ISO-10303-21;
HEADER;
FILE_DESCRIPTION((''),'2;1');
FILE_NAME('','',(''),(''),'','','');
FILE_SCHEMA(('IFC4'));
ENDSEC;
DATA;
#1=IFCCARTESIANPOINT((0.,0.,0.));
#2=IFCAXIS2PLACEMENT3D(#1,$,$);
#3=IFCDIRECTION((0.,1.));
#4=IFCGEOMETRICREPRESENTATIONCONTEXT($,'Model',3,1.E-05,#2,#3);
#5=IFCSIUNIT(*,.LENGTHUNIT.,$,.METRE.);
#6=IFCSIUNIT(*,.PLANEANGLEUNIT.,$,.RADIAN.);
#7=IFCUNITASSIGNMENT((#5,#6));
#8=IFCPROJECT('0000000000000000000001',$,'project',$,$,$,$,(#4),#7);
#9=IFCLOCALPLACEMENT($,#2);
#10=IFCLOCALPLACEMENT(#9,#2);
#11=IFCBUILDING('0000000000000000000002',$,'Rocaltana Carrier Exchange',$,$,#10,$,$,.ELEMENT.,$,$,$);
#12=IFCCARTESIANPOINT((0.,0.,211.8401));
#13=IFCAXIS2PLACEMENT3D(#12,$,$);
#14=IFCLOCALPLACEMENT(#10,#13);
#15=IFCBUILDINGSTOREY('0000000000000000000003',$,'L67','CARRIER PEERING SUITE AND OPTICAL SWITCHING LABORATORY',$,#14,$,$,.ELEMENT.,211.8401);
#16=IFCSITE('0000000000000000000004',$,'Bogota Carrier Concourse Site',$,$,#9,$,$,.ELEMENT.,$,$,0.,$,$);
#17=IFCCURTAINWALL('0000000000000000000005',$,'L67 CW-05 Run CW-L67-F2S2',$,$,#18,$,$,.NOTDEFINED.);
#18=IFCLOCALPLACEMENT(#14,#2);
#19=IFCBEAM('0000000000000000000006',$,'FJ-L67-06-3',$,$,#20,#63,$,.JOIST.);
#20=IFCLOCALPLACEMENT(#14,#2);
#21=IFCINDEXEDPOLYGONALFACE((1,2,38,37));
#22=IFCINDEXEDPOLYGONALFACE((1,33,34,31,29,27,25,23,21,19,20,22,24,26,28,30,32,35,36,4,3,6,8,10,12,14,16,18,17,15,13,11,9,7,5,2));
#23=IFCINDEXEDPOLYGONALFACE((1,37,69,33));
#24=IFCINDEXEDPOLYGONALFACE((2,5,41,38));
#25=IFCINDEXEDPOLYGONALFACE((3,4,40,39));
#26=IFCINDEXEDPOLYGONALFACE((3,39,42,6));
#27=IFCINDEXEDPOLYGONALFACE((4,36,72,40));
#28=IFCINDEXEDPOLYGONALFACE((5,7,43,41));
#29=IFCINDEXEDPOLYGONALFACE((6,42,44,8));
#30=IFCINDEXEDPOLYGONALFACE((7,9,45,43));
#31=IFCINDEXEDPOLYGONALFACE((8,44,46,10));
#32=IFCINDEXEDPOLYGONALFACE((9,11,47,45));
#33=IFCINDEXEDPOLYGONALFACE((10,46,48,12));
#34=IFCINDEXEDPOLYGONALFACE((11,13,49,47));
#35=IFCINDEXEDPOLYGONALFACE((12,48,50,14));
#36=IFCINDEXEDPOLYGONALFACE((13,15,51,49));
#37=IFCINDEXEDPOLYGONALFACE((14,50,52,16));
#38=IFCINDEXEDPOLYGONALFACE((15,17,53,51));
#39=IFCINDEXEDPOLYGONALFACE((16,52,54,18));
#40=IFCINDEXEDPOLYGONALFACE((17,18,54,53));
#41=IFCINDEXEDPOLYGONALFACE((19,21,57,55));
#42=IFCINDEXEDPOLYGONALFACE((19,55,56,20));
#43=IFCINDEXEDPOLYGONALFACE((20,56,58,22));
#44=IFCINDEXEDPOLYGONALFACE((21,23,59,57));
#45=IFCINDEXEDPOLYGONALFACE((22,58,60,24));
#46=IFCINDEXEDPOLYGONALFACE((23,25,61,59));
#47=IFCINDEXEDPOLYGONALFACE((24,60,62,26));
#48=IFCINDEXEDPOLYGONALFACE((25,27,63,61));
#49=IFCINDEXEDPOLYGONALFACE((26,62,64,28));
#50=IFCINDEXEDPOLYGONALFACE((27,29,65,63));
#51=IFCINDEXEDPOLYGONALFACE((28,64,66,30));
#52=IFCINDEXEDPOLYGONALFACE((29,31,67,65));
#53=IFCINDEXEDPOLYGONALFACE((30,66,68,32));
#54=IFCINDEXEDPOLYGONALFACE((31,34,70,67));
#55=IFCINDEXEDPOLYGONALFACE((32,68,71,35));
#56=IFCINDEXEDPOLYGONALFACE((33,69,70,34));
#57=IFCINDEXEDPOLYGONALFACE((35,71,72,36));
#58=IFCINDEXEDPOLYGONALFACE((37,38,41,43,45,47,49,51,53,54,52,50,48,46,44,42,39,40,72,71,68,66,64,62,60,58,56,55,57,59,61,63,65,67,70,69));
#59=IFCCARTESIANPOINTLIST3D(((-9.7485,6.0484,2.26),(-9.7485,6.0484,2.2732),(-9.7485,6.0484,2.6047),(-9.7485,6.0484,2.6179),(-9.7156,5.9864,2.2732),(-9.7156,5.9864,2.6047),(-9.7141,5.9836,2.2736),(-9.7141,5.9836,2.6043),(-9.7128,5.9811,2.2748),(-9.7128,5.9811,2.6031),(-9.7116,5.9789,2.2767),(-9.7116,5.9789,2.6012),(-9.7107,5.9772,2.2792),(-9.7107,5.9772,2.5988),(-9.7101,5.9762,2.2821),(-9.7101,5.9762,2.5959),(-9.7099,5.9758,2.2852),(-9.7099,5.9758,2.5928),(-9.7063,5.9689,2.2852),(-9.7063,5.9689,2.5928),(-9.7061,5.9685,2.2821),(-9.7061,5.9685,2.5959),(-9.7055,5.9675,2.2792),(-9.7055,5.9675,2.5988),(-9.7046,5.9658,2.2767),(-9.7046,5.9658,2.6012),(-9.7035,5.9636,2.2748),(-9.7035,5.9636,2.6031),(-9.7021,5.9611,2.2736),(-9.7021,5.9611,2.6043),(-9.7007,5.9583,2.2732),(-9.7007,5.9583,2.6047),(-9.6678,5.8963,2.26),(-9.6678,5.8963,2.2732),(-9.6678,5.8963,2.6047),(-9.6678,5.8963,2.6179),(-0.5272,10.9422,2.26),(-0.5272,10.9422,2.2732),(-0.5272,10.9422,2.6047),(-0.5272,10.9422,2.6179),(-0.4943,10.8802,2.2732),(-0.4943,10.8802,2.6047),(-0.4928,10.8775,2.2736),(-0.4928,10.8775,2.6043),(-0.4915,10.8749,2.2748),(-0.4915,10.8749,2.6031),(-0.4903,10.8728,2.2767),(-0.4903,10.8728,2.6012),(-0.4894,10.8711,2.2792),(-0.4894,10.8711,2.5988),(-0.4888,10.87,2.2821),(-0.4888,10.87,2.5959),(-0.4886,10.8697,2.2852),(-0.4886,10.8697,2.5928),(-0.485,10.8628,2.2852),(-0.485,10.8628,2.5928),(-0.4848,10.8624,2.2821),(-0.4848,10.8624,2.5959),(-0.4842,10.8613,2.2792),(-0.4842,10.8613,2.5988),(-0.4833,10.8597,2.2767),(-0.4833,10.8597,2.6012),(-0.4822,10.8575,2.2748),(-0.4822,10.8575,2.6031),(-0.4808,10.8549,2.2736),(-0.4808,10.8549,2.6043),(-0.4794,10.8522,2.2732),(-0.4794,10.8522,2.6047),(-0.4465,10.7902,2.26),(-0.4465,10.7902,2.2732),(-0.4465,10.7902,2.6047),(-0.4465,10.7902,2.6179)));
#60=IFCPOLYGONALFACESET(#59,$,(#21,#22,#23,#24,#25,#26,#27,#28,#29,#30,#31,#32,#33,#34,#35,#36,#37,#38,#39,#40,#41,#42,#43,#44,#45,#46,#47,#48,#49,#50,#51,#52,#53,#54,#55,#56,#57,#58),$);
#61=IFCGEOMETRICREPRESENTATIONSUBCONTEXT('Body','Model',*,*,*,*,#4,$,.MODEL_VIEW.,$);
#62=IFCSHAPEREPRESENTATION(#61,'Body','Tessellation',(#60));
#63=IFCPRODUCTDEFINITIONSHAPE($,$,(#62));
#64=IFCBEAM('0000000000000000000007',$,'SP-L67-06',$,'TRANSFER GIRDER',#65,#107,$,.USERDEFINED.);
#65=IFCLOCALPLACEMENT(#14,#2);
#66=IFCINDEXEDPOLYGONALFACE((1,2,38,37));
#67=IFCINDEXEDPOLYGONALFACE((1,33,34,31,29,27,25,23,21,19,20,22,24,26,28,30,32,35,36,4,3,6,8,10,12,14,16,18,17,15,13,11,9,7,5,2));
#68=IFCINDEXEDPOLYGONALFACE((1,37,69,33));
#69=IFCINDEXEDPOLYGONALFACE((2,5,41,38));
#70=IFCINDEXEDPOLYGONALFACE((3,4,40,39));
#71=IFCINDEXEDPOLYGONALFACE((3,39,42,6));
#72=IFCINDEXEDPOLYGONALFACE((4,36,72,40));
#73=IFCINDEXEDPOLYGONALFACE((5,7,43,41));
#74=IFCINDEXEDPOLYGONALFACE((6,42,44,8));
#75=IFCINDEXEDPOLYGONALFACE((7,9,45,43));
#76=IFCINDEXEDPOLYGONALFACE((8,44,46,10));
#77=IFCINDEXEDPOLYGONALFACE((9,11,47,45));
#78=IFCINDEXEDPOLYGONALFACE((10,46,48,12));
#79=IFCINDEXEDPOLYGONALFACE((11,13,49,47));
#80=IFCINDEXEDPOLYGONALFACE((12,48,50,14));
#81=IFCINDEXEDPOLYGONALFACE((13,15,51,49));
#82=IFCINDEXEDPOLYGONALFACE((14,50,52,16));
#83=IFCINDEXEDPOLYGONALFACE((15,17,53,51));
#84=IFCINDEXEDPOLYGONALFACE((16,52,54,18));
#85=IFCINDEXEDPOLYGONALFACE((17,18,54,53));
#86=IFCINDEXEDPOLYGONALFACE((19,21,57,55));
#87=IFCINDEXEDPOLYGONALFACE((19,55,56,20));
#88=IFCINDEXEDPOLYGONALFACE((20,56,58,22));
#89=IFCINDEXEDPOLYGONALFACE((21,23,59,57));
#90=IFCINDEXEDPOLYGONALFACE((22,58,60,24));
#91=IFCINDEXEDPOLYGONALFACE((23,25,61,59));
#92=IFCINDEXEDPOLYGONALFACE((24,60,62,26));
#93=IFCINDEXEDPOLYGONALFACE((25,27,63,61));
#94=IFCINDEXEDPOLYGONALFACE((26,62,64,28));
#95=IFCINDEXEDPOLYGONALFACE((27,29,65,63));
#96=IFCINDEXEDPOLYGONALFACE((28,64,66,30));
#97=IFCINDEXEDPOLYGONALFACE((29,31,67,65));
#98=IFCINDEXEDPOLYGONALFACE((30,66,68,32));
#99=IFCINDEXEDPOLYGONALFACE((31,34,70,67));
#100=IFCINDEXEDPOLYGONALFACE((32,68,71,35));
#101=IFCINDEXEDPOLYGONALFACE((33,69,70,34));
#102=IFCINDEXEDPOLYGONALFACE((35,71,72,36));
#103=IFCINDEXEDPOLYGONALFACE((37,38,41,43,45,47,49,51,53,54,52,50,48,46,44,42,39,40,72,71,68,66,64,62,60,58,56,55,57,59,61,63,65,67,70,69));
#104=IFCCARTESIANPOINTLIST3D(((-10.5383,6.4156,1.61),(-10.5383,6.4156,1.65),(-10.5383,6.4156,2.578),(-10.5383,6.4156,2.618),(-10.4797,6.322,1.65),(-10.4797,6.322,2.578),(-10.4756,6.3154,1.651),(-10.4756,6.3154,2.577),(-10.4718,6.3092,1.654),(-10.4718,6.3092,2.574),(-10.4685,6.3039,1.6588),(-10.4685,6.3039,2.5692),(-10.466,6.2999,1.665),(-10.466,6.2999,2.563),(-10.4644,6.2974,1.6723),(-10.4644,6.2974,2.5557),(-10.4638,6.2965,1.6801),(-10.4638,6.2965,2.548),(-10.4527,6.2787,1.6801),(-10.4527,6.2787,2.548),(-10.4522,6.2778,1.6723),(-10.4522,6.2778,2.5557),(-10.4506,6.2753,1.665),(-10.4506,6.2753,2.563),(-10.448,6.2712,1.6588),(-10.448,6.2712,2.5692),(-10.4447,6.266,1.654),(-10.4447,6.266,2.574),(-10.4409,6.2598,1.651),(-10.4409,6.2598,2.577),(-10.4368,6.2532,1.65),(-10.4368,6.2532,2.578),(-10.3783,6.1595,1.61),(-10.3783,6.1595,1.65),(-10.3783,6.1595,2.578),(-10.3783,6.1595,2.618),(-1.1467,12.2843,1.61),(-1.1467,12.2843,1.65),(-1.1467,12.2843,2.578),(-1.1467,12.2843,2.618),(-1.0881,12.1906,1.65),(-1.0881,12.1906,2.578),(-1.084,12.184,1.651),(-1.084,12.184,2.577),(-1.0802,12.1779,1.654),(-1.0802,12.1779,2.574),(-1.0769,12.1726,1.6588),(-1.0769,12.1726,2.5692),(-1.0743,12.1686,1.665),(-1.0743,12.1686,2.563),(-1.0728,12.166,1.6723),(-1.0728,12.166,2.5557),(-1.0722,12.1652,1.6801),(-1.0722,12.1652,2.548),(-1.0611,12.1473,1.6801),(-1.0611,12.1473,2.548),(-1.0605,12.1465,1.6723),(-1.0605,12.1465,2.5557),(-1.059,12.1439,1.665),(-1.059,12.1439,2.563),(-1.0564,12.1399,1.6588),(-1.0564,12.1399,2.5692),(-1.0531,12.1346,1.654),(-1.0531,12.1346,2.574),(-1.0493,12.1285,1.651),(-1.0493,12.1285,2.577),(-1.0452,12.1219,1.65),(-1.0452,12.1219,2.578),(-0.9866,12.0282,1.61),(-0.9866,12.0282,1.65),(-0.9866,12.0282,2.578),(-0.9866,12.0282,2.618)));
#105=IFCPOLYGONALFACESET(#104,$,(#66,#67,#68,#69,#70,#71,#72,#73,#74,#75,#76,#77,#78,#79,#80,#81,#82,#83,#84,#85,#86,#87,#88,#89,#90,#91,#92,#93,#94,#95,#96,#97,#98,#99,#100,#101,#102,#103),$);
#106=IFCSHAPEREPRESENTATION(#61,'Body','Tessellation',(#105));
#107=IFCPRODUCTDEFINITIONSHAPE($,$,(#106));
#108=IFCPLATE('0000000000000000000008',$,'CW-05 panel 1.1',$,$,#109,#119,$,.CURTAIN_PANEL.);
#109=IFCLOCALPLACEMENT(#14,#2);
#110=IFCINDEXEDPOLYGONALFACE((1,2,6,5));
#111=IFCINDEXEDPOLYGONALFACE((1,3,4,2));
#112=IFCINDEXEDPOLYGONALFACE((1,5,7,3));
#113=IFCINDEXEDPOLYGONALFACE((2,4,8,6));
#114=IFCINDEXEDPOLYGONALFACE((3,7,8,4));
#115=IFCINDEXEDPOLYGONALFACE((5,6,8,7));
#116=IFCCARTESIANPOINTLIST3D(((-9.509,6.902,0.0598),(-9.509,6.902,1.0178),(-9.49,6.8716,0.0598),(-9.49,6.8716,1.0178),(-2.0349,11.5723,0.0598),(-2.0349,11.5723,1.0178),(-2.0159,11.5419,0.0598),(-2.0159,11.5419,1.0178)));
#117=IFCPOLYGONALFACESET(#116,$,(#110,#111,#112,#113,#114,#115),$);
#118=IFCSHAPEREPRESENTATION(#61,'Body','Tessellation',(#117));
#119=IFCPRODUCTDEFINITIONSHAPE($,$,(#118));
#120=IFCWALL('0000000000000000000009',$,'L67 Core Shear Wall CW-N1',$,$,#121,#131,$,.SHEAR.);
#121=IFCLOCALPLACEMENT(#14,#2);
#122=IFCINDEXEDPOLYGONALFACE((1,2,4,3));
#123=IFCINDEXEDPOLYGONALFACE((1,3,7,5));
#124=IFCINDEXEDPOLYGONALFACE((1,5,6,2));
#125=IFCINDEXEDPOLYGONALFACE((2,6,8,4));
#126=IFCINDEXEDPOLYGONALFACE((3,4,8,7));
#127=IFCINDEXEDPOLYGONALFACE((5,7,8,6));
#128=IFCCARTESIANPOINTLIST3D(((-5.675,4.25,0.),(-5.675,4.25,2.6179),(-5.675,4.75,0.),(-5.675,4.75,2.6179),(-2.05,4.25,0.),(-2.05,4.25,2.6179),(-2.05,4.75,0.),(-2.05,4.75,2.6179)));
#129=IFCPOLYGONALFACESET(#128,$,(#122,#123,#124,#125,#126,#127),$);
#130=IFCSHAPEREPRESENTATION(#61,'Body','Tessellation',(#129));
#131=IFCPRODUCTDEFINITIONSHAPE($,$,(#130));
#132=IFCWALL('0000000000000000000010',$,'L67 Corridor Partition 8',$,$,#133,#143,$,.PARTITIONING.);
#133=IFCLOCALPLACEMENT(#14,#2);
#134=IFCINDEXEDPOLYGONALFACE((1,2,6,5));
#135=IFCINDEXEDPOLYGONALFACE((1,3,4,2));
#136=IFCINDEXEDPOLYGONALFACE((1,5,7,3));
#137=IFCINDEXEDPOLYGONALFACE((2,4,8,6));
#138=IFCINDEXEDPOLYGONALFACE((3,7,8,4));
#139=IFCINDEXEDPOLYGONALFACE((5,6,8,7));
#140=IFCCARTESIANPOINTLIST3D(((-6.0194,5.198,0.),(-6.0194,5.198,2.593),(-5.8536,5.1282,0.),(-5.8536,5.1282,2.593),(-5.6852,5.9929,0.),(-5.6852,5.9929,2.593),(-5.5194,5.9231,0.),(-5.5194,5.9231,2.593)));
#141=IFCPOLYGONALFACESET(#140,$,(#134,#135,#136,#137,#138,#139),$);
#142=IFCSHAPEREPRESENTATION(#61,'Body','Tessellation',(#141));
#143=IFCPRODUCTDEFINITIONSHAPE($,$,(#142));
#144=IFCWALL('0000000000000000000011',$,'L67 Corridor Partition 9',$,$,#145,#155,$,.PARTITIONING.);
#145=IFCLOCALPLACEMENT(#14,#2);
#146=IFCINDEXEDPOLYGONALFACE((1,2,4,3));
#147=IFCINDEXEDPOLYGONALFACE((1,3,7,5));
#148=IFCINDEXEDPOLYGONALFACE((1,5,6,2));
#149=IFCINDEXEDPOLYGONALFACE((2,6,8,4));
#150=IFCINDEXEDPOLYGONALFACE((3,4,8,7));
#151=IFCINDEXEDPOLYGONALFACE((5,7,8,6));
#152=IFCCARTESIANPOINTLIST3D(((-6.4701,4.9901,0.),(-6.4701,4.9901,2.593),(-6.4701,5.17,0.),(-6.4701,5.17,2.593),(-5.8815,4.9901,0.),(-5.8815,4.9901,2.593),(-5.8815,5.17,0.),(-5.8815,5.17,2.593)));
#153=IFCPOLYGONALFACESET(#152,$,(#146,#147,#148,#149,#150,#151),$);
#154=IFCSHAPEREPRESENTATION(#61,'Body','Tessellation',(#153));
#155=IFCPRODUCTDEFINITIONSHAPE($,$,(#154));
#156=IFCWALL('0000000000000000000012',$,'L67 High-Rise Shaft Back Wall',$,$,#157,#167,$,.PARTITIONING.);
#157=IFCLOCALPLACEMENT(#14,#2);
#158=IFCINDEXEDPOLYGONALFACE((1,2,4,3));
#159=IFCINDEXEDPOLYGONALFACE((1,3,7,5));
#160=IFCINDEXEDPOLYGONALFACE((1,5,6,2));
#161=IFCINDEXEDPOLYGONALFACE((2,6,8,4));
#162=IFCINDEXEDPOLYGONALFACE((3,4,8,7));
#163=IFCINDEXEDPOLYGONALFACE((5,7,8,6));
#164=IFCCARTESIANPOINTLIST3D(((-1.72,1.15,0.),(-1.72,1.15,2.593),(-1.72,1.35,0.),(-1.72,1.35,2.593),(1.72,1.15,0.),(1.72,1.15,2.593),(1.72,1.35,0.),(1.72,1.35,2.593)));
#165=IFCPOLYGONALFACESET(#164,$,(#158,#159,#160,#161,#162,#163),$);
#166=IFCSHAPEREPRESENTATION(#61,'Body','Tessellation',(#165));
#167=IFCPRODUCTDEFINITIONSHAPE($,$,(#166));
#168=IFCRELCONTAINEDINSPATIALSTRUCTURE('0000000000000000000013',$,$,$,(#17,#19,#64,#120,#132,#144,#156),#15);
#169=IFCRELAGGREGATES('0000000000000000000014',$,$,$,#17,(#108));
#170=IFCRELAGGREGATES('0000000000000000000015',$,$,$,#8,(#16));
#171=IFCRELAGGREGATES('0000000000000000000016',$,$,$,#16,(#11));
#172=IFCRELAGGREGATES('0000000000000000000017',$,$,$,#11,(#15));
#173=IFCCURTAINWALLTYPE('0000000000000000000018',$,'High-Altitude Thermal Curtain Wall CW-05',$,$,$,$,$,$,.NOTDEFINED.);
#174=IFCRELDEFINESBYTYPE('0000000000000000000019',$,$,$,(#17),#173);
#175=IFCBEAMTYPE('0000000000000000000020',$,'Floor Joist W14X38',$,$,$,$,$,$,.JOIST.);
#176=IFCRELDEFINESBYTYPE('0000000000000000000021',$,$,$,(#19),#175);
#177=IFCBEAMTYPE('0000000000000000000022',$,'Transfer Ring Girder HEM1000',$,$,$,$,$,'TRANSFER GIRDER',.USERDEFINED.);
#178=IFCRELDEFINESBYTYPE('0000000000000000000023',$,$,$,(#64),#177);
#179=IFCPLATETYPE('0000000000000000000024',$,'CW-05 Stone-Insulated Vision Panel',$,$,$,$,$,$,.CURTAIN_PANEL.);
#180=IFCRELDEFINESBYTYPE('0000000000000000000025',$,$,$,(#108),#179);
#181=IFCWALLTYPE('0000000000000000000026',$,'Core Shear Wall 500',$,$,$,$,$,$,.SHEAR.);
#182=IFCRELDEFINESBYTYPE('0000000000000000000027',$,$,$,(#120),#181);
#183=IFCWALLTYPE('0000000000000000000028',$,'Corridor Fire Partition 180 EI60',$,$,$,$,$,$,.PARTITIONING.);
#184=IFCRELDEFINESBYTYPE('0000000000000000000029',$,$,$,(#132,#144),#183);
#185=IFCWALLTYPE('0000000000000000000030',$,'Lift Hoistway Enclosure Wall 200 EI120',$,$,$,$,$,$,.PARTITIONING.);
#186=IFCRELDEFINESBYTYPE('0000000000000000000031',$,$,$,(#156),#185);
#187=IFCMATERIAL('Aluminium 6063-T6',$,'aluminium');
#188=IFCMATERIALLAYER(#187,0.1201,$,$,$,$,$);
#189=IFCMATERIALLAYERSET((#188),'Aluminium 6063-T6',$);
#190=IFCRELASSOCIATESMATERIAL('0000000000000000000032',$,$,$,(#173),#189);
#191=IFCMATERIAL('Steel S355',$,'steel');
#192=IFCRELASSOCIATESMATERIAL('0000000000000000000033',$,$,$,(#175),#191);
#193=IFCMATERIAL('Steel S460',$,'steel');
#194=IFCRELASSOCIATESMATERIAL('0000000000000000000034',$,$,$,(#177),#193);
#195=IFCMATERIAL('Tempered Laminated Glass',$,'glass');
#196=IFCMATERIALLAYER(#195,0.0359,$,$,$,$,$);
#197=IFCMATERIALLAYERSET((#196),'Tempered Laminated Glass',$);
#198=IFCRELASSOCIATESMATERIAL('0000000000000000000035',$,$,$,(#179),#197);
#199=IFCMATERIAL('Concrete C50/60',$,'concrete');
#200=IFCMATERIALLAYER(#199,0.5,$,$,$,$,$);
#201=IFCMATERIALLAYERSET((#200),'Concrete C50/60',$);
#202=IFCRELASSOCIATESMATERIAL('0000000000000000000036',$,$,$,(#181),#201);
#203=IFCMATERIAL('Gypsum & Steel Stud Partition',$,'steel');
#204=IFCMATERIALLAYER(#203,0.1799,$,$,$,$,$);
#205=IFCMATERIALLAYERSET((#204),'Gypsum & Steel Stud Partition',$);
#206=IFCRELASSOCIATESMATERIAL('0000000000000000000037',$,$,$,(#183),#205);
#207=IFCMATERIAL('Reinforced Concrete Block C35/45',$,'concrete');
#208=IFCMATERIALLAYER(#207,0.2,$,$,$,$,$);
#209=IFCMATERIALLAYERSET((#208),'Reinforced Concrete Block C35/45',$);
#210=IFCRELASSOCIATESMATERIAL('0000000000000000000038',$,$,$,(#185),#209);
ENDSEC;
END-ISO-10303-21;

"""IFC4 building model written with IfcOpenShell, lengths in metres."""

from ifc_helpers import new_model, si_unit, direction, frame, frame_2d, origin, origin_2d, place, context, subcontext, project, spatial, rectangle, i_section, extrude, material, layer, layer_set, material_profile, profile_set, type_object, element, aggregate, save


model = new_model("IFC4")

# Units and contexts
model_context = context("Model", 3, precision=1e-05, world=origin(), true_north=direction((0.0, 1.0)))
body_context = subcontext(model_context, "Body", "Model", "MODEL_VIEW")
ifc_project = project(units=[si_unit("LENGTHUNIT", "METRE"), si_unit("PLANEANGLEUNIT", "RADIAN")], contexts=[model_context])

# Site, building, storey
site_placement = place(None, origin())
site = spatial("IfcSite", under=ifc_project, at=site_placement, Name="Bogota Carrier Concourse Site", CompositionType="ELEMENT", RefElevation=0.0)
building_placement = place(site_placement, origin())
building = spatial("IfcBuilding", under=site, at=building_placement, Name="Rocaltana Carrier Exchange", CompositionType="ELEMENT")
storey_placement = place(building_placement, frame((0.0, 0.0, 211.8401)))
storey = spatial("IfcBuildingStorey", under=building, at=storey_placement, Name="L67", Description="CARRIER PEERING SUITE AND OPTICAL SWITCHING LABORATORY", CompositionType="ELEMENT", Elevation=211.8401)

# Curtain wall
ifc_material_1 = material(Name="Aluminium 6063-T6", Category="aluminium")
ifc_layer_1 = layer(ifc_material_1, 0.1201)
ifc_layer_set_1 = layer_set([ifc_layer_1], Name="Aluminium 6063-T6")
curtain_wall_type = type_object("IfcCurtainWallType", Name="High-Altitude Thermal Curtain Wall CW-05", PredefinedType="NOTDEFINED", material=ifc_layer_set_1)
curtain_wall_placement = place(storey_placement, origin())
curtain_wall = element("IfcCurtainWall", 1, at=curtain_wall_placement, inside=storey, type_object=curtain_wall_type, Name="L67 CW-05 Run CW-L67-F2S2", PredefinedType="NOTDEFINED")

# Beams
ifc_material_2 = material(Name="Steel S355", Category="steel")
ifc_material_profile_1 = material_profile(ifc_material_2, i_section(OverallWidth=0.1721, OverallDepth=0.3579, WebThickness=0.0078, FlangeThickness=0.0132, FilletRadius=0.012, at=origin_2d()), Name="W14X38")
ifc_profile_set_1 = profile_set([ifc_material_profile_1], Name="Steel S355")
beam_type_1 = type_object("IfcBeamType", Name="Floor Joist W14X38", PredefinedType="JOIST", material=ifc_profile_set_1)
beam_1_placement = place(storey_placement, frame((-0.4868, 10.8662, 2.439), z_axis=(-0.883312, -0.468785, 0.0), x_axis=(0.468785, -0.883312, 0.0)))
element("IfcBeam", 2, at=beam_1_placement, inside=storey, type_object=beam_type_1, Name="FJ-L67-06-3", PredefinedType="JOIST", context=body_context, shape_type="SweptSolid", body=[
    extrude(i_section(OverallWidth=0.1721, OverallDepth=0.3579, WebThickness=0.0078, FlangeThickness=0.0132, FilletRadius=0.012, at=origin_2d()), origin(), (0.0, 0.0, 1.0), 10.4395),
])
ifc_material_3 = material(Name="Steel S460", Category="steel")
ifc_material_profile_2 = material_profile(ifc_material_3, i_section(OverallWidth=0.302, OverallDepth=1.0081, WebThickness=0.021, FlangeThickness=0.04, FilletRadius=0.03, at=origin_2d()), Name="HEM1000")
ifc_profile_set_2 = profile_set([ifc_material_profile_2], Name="Steel S460")
beam_type_2 = type_object("IfcBeamType", Name="Transfer Ring Girder HEM1000", ElementType="TRANSFER GIRDER", PredefinedType="USERDEFINED", material=ifc_profile_set_2)
beam_2_placement = place(storey_placement, frame((-1.0667, 12.1562, 2.114), z_axis=(-0.848043, -0.529928, 0.0), x_axis=(0.529928, -0.848043, 0.0)))
element("IfcBeam", 3, at=beam_2_placement, inside=storey, type_object=beam_type_2, Name="SP-L67-06", ObjectType="TRANSFER GIRDER", PredefinedType="USERDEFINED", context=body_context, shape_type="SweptSolid", body=[
    extrude(i_section(OverallWidth=0.302, OverallDepth=1.0081, WebThickness=0.021, FlangeThickness=0.04, FilletRadius=0.03, at=origin_2d()), origin(), (0.0, 0.0, 1.0), 11.0745),
])

# Plate
ifc_material_4 = material(Name="Tempered Laminated Glass", Category="glass")
ifc_layer_2 = layer(ifc_material_4, 0.0359)
ifc_layer_set_2 = layer_set([ifc_layer_2], Name="Tempered Laminated Glass")
plate_type = type_object("IfcPlateType", Name="CW-05 Stone-Insulated Vision Panel", PredefinedType="CURTAIN_PANEL", material=ifc_layer_set_2)
plate_placement = place(storey_placement, frame((-5.7625, 9.2219, 0.0598), z_axis=(0.0, 0.0, 1.0), x_axis=(-0.848047, -0.52992, 0.0)))
plate = element("IfcPlate", 4, at=plate_placement, type_object=plate_type, Name="CW-05 panel 1.1", PredefinedType="CURTAIN_PANEL", context=body_context, shape_type="SweptSolid", body=[
    extrude(rectangle(XDim=8.8132, YDim=0.0359, at=origin_2d()), origin(), (0.0, 0.0, 1.0), 0.958),
])
aggregate(curtain_wall, [plate])

# Walls
ifc_material_5 = material(Name="Concrete C50/60", Category="concrete")
ifc_layer_3 = layer(ifc_material_5, 0.5)
ifc_layer_set_3 = layer_set([ifc_layer_3], Name="Concrete C50/60")
wall_type_1 = type_object("IfcWallType", Name="Core Shear Wall 500", PredefinedType="SHEAR", material=ifc_layer_set_3)
wall_1_placement = place(storey_placement, frame((-5.675, 4.5, 0.0), z_axis=(0.0, 0.0, 1.0), x_axis=(1.0, 0.0, 0.0)))
element("IfcWall", 5, at=wall_1_placement, inside=storey, type_object=wall_type_1, Name="L67 Core Shear Wall CW-N1", PredefinedType="SHEAR", context=body_context, shape_type="SweptSolid", body=[
    extrude(rectangle(XDim=3.625, YDim=0.5, at=frame_2d((1.8125, 0.0))), origin(), (0.0, 0.0, 1.0), 2.6179),
])
ifc_material_6 = material(Name="Gypsum & Steel Stud Partition", Category="steel")
ifc_layer_4 = layer(ifc_material_6, 0.1799)
ifc_layer_set_4 = layer_set([ifc_layer_4], Name="Gypsum & Steel Stud Partition")
wall_type_2 = type_object("IfcWallType", Name="Corridor Fire Partition 180 EI60", PredefinedType="PARTITIONING", material=ifc_layer_set_4)
wall_2_placement = place(storey_placement, frame((-5.6023, 5.958, 0.0), z_axis=(0.0, 0.0, 1.0), x_axis=(-0.387589, -0.921832, 0.0)))
element("IfcWall", 6, at=wall_2_placement, inside=storey, type_object=wall_type_2, Name="L67 Corridor Partition 8", PredefinedType="PARTITIONING", context=body_context, shape_type="SweptSolid", body=[
    extrude(rectangle(XDim=0.8623, YDim=0.1799, at=frame_2d((0.4312, 0.0))), origin(), (0.0, 0.0, 1.0), 2.593),
])
wall_3_placement = place(storey_placement, frame((-5.8813, 5.0801, 0.0), z_axis=(0.0, 0.0, 1.0), x_axis=(-1.0, 0.0, 0.0)))
element("IfcWall", 7, at=wall_3_placement, inside=storey, type_object=wall_type_2, Name="L67 Corridor Partition 9", PredefinedType="PARTITIONING", context=body_context, shape_type="SweptSolid", body=[
    extrude(rectangle(XDim=0.5886, YDim=0.1799, at=frame_2d((0.2944, 0.0))), origin(), (0.0, 0.0, 1.0), 2.593),
])
ifc_material_7 = material(Name="Reinforced Concrete Block C35/45", Category="concrete")
ifc_layer_5 = layer(ifc_material_7, 0.2)
ifc_layer_set_5 = layer_set([ifc_layer_5], Name="Reinforced Concrete Block C35/45")
wall_type_3 = type_object("IfcWallType", Name="Lift Hoistway Enclosure Wall 200 EI120", PredefinedType="PARTITIONING", material=ifc_layer_set_5)
wall_4_placement = place(storey_placement, frame((-1.72, 1.25, 0.0), z_axis=(0.0, 0.0, 1.0), x_axis=(1.0, 0.0, 0.0)))
element("IfcWall", 8, at=wall_4_placement, inside=storey, type_object=wall_type_3, Name="L67 High-Rise Shaft Back Wall", PredefinedType="PARTITIONING", context=body_context, shape_type="SweptSolid", body=[
    extrude(rectangle(XDim=3.4399, YDim=0.2, at=frame_2d((1.72, 0.0))), origin(), (0.0, 0.0, 1.0), 2.593),
])

save(model, "model.ifc")
